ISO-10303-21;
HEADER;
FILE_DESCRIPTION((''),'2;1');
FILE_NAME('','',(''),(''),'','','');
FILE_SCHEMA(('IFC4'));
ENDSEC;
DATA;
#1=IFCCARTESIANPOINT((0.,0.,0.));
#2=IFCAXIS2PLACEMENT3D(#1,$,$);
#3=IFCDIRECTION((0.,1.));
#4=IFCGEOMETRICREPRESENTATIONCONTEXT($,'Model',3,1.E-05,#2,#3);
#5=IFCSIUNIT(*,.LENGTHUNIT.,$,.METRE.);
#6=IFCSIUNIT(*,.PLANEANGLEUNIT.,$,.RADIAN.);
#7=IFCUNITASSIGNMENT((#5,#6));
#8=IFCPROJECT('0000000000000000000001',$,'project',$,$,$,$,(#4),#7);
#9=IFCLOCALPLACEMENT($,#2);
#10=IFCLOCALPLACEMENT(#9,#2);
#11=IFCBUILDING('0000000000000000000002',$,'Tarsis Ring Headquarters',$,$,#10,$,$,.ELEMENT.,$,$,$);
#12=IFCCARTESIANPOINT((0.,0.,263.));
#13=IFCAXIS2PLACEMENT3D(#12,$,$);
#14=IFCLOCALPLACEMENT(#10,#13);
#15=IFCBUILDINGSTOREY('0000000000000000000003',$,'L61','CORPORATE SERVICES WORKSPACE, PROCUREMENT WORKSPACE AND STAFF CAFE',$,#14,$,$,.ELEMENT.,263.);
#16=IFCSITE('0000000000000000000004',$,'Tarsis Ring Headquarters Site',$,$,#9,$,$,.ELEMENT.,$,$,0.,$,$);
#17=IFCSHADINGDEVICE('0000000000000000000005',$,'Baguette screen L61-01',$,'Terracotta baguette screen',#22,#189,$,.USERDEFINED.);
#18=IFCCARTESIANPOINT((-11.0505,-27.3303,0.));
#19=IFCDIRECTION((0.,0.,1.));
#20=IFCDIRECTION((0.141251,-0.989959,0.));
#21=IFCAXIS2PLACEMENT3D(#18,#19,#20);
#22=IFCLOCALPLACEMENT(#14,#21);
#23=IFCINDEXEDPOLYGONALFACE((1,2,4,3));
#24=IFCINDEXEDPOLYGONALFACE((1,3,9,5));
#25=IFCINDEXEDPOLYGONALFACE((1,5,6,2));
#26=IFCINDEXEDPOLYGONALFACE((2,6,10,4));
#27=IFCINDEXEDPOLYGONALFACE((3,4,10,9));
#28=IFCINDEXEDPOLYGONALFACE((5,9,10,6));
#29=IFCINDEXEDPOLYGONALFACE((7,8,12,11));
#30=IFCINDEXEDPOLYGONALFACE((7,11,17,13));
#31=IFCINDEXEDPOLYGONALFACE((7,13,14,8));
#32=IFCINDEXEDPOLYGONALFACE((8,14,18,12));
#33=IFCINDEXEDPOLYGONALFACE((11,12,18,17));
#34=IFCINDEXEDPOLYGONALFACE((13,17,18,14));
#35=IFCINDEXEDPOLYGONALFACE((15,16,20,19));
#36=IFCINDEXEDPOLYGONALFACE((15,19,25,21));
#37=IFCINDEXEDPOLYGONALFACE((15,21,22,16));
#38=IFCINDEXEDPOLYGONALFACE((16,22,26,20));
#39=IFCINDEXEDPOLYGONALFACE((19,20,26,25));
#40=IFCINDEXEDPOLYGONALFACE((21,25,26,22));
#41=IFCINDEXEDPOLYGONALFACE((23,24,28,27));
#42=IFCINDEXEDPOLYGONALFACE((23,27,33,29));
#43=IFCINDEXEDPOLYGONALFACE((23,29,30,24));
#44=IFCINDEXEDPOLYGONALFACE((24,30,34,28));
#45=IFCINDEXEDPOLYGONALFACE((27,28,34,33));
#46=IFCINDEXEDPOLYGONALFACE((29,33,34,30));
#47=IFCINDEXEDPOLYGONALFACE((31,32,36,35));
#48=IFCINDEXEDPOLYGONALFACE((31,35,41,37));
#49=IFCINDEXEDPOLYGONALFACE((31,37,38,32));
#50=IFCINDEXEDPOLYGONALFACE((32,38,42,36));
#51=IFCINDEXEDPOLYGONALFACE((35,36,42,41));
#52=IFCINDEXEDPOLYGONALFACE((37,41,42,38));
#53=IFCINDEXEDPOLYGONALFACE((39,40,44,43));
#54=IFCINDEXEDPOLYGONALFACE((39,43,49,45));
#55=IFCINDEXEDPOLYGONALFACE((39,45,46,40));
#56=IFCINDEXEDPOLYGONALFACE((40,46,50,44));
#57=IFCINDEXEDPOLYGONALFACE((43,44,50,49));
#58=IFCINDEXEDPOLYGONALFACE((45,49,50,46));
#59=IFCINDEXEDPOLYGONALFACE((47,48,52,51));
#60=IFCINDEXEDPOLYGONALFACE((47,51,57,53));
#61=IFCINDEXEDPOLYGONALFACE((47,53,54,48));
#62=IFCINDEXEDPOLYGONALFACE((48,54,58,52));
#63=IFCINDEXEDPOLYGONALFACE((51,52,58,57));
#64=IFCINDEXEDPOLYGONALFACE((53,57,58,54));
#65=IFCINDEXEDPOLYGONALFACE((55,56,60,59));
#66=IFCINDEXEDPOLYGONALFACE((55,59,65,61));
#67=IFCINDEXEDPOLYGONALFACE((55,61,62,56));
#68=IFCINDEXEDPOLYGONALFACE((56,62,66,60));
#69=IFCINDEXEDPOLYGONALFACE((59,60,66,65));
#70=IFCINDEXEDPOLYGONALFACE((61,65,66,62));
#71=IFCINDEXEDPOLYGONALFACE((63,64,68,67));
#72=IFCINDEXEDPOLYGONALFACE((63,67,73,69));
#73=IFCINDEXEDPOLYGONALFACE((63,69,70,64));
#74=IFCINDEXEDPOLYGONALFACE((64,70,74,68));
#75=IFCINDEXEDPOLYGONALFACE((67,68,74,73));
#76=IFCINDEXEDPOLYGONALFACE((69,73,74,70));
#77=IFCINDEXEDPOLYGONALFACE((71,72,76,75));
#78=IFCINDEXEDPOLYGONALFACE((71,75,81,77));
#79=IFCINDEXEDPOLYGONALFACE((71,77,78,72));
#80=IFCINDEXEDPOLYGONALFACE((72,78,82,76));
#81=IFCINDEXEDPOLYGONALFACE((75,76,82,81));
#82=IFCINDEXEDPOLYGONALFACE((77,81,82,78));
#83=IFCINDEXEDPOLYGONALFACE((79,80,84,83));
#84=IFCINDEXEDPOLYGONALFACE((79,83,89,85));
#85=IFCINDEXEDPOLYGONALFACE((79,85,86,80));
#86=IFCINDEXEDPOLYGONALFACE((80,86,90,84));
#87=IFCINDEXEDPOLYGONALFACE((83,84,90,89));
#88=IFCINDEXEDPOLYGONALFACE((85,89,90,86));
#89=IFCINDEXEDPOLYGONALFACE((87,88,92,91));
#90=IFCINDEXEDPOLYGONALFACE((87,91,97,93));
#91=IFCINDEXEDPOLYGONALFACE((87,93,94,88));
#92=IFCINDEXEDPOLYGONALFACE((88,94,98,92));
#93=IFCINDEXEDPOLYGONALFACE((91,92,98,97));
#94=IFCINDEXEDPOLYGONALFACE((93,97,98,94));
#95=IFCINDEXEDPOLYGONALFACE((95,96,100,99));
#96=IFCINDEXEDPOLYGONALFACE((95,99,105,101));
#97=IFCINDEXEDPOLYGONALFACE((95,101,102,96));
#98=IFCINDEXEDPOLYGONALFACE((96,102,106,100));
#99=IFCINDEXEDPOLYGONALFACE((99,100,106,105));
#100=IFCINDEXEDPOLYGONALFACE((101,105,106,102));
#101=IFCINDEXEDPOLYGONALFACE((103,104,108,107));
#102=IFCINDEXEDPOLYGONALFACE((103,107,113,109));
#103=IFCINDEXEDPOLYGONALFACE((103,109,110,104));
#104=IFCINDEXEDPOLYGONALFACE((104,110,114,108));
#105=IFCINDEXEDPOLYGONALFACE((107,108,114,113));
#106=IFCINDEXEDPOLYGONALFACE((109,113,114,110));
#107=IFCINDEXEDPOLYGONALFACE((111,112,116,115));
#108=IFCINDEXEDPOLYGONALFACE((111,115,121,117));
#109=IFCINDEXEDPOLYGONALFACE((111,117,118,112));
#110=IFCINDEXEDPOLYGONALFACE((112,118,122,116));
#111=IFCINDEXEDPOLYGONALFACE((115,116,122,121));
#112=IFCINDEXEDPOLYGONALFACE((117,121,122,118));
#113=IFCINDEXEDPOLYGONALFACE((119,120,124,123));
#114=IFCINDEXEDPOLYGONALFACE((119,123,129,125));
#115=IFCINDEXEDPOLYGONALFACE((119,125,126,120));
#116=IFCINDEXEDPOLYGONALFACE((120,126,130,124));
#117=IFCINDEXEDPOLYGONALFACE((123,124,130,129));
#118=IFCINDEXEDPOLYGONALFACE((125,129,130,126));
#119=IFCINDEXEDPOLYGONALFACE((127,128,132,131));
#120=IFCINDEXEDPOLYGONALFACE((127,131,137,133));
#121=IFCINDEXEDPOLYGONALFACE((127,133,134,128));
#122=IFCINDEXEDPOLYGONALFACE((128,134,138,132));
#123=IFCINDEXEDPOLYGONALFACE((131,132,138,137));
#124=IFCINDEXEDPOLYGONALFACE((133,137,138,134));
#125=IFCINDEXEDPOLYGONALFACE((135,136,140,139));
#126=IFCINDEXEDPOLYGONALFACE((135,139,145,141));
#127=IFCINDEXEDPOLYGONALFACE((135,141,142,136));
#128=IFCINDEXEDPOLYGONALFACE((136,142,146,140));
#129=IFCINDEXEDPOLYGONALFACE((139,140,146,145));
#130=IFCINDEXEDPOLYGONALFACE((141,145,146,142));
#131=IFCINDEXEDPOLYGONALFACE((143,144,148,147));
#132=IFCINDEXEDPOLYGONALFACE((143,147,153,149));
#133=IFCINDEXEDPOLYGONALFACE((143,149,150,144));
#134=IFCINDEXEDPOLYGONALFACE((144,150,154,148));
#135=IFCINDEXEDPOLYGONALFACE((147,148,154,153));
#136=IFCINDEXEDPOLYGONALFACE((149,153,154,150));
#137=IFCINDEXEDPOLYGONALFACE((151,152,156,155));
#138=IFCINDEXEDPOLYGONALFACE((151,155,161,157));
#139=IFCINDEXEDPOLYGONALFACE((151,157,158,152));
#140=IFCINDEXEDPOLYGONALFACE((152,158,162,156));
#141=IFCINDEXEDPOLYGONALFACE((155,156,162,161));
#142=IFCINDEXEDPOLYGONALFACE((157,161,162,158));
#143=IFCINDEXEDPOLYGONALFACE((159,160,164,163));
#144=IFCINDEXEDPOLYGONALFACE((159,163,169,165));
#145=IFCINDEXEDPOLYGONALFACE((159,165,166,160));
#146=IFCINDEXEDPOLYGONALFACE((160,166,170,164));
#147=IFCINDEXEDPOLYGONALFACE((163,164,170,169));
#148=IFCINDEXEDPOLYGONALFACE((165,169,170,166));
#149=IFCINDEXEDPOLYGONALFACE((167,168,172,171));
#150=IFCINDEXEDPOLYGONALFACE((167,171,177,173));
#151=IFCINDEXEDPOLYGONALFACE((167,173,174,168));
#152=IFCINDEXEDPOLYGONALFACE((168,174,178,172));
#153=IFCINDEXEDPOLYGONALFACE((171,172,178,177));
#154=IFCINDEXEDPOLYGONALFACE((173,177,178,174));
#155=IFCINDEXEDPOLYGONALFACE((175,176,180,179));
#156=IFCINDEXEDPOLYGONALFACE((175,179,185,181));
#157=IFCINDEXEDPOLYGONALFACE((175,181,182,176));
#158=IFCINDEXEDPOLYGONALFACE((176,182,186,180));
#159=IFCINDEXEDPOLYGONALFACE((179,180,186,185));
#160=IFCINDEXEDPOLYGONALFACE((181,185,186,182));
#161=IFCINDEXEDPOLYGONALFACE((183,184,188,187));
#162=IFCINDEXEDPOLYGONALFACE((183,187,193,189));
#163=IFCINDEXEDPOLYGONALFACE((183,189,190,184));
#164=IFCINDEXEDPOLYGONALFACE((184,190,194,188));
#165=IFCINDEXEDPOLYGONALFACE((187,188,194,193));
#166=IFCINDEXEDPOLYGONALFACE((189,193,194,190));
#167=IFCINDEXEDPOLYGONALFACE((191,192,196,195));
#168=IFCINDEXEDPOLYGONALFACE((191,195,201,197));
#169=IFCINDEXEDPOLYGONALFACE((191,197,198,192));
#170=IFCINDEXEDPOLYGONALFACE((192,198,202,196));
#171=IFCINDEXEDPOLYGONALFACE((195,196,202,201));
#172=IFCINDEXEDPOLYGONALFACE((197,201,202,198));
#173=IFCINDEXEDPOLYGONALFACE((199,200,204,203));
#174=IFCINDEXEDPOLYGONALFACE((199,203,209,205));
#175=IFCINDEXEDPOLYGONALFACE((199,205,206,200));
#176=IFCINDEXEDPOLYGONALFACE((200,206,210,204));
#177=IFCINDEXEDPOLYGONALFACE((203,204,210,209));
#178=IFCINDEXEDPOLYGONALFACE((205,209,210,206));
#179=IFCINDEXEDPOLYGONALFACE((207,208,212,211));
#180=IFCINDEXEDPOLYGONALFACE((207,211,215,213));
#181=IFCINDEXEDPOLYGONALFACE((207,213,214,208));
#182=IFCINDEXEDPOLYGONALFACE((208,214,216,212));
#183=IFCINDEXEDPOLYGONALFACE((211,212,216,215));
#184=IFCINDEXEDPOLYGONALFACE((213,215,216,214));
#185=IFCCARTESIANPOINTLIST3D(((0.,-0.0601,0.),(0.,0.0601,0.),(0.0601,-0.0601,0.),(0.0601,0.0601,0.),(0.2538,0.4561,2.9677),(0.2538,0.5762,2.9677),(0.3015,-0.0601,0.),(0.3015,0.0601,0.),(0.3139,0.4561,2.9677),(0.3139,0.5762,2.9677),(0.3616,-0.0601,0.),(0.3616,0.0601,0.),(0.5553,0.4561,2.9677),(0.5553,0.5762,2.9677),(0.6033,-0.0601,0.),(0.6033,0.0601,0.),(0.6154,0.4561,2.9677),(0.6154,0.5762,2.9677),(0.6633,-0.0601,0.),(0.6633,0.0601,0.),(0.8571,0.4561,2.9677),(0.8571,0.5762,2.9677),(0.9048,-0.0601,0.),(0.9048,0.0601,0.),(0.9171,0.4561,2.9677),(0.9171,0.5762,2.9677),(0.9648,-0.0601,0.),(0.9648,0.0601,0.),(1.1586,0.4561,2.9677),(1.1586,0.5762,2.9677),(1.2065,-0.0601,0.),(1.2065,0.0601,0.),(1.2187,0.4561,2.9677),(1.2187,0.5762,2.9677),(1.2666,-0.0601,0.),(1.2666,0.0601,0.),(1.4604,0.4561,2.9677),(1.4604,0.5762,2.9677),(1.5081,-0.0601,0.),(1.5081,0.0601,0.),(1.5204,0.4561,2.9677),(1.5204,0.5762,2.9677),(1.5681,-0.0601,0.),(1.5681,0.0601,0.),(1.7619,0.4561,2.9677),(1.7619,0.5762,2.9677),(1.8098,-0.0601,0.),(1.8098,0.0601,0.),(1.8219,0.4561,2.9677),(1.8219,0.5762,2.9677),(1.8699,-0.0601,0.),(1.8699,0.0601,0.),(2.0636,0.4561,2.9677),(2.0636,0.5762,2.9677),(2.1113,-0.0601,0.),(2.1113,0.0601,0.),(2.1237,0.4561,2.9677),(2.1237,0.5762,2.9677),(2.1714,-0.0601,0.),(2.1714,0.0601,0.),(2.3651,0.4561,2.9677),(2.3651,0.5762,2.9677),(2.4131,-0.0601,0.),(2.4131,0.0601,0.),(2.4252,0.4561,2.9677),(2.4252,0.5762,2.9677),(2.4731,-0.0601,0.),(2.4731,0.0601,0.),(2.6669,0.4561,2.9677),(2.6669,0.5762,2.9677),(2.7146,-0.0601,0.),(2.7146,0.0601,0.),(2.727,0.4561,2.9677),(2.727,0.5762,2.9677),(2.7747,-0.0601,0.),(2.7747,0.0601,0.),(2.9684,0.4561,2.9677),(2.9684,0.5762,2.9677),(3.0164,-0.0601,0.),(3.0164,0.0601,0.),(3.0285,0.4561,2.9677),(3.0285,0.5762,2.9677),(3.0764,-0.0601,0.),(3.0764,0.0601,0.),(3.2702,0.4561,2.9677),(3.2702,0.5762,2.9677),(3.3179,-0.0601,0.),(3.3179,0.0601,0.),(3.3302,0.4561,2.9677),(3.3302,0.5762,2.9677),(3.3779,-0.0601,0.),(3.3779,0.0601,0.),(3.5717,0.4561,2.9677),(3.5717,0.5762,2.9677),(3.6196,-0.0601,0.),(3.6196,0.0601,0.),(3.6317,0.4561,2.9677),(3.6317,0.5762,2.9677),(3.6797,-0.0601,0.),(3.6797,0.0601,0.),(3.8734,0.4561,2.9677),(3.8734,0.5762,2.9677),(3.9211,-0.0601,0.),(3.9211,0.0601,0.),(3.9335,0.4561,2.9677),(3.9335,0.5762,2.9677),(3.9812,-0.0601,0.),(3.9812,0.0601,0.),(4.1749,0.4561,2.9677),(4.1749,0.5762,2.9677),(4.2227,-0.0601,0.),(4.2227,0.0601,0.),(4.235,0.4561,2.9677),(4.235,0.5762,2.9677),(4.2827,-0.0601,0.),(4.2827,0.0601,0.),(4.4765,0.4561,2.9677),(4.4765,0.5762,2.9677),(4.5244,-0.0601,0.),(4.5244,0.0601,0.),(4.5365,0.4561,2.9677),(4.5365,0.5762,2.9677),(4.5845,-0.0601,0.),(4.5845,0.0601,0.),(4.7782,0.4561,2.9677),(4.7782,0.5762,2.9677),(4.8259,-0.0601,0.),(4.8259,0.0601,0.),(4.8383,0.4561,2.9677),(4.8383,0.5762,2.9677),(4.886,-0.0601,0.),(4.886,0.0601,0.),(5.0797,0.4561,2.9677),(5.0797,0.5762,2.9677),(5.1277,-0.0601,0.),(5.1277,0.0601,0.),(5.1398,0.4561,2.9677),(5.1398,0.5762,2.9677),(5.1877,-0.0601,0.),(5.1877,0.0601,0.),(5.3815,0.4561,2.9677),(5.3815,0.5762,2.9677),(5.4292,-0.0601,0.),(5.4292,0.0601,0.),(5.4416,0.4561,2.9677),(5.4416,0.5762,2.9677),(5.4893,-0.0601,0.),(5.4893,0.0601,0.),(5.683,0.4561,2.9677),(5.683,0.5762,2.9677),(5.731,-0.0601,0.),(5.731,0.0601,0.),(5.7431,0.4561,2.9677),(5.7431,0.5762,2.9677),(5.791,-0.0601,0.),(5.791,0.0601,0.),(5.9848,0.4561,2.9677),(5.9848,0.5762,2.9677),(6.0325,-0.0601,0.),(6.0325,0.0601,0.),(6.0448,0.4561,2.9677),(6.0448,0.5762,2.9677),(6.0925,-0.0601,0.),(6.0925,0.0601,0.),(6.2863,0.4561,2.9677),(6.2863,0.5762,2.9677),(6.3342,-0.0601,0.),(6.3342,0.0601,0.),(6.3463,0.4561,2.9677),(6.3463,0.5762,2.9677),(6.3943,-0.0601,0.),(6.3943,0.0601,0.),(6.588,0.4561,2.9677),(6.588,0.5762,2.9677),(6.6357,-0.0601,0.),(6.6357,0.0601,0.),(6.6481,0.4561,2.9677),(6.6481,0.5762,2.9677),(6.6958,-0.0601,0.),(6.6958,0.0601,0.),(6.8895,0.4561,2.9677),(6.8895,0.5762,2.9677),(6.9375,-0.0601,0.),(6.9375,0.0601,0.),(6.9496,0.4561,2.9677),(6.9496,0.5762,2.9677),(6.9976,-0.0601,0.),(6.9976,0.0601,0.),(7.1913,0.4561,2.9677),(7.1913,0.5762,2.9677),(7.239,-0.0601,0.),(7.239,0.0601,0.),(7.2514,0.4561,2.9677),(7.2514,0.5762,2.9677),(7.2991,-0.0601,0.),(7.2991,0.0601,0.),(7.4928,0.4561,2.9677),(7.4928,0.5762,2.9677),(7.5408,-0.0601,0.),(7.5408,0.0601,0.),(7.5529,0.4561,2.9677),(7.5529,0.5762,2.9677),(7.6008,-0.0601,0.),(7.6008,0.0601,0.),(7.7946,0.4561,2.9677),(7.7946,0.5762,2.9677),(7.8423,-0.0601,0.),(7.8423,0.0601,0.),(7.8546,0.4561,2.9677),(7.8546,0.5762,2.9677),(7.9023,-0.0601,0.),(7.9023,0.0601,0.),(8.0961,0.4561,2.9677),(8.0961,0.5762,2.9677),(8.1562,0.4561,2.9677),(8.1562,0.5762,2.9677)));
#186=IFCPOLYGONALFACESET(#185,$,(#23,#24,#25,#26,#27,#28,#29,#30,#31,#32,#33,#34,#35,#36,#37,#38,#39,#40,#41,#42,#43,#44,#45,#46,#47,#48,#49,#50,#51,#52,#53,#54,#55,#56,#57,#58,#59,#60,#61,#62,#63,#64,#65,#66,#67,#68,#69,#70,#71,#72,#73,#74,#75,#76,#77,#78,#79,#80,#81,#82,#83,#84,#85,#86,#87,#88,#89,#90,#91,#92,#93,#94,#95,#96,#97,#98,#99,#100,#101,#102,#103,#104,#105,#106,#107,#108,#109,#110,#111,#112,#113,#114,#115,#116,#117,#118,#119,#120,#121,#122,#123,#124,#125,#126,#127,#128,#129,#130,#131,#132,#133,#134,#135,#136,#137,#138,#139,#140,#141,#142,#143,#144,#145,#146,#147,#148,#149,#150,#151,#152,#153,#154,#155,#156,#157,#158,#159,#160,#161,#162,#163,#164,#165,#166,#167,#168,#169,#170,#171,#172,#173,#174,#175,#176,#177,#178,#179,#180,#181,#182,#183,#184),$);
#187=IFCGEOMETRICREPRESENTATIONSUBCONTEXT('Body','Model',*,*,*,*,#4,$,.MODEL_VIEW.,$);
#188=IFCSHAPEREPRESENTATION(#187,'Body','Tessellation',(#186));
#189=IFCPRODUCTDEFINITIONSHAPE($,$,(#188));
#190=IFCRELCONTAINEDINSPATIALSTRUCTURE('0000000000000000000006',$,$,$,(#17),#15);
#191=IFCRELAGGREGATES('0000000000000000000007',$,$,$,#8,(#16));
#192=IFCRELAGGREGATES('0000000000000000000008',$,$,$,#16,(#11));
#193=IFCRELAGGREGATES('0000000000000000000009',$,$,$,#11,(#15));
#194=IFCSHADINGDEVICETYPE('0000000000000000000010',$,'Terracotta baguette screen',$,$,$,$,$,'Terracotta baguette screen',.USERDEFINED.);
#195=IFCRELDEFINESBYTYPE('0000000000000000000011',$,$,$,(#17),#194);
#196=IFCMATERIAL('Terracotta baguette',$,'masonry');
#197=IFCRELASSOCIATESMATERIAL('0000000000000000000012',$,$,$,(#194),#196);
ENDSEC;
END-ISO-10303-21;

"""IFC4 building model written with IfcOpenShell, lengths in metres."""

from ifc_helpers import new_model, si_unit, direction, frame, frame_2d, origin, place, context, subcontext, project, spatial, rectangle, composite_profile, extrude, material, type_object, element, save


model = new_model("IFC4")

# Units and contexts
model_context = context("Model", 3, precision=1e-05, world=origin(), true_north=direction((0.0, 1.0)))
body_context = subcontext(model_context, "Body", "Model", "MODEL_VIEW")
ifc_project = project(units=[si_unit("LENGTHUNIT", "METRE"), si_unit("PLANEANGLEUNIT", "RADIAN")], contexts=[model_context])

# Site, building, storey
site_placement = place(None, origin())
site = spatial("IfcSite", under=ifc_project, at=site_placement, Name="Tarsis Ring Headquarters Site", CompositionType="ELEMENT", RefElevation=0.0)
building_placement = place(site_placement, origin())
building = spatial("IfcBuilding", under=site, at=building_placement, Name="Tarsis Ring Headquarters", CompositionType="ELEMENT")
storey_placement = place(building_placement, frame((0.0, 0.0, 263.0)))
storey = spatial("IfcBuildingStorey", under=building, at=storey_placement, Name="L61", Description="CORPORATE SERVICES WORKSPACE, PROCUREMENT WORKSPACE AND STAFF CAFE", CompositionType="ELEMENT", Elevation=263.0)

# Shading device
ifc_material_1 = material(Name="Terracotta baguette", Category="masonry")
shading_device_type_1 = type_object("IfcShadingDeviceType", Name="Terracotta baguette screen", ElementType="Terracotta baguette screen", PredefinedType="USERDEFINED", material=ifc_material_1)
shading_device_1_placement = place(storey_placement, frame((-11.0505, -27.3303, 0.0), z_axis=(0.0, 0.0, 1.0), x_axis=(0.141251, -0.989959, 0.0)))
element("IfcShadingDevice", 1, at=shading_device_1_placement, inside=storey, type_object=shading_device_type_1, Name="Baguette screen L61-01", ObjectType="Terracotta baguette screen", PredefinedType="USERDEFINED", context=body_context, shape_type="SweptSolid", body=[
    extrude(composite_profile([rectangle(XDim=0.0601, YDim=0.1201, at=frame_2d((0.03, 0.0))), rectangle(XDim=0.0601, YDim=0.1201, at=frame_2d((0.3315, 0.0))), rectangle(XDim=0.0601, YDim=0.1201, at=frame_2d((0.6333, 0.0))), rectangle(XDim=0.0601, YDim=0.1201, at=frame_2d((0.9348, 0.0))), rectangle(XDim=0.0601, YDim=0.1201, at=frame_2d((1.2366, 0.0))), rectangle(XDim=0.0601, YDim=0.1201, at=frame_2d((1.5381, 0.0))), rectangle(XDim=0.0601, YDim=0.1201, at=frame_2d((1.8398, 0.0))), rectangle(XDim=0.0601, YDim=0.1201, at=frame_2d((2.1414, 0.0))), rectangle(XDim=0.0601, YDim=0.1201, at=frame_2d((2.4431, 0.0))), rectangle(XDim=0.0601, YDim=0.1201, at=frame_2d((2.7446, 0.0))), rectangle(XDim=0.0601, YDim=0.1201, at=frame_2d((3.0464, 0.0))), rectangle(XDim=0.0601, YDim=0.1201, at=frame_2d((3.3479, 0.0))), rectangle(XDim=0.0601, YDim=0.1201, at=frame_2d((3.6497, 0.0))), rectangle(XDim=0.0601, YDim=0.1201, at=frame_2d((3.9512, 0.0))), rectangle(XDim=0.0601, YDim=0.1201, at=frame_2d((4.2527, 0.0))), rectangle(XDim=0.0601, YDim=0.1201, at=frame_2d((4.5544, 0.0))), rectangle(XDim=0.0601, YDim=0.1201, at=frame_2d((4.856, 0.0))), rectangle(XDim=0.0601, YDim=0.1201, at=frame_2d((5.1577, 0.0))), rectangle(XDim=0.0601, YDim=0.1201, at=frame_2d((5.4592, 0.0))), rectangle(XDim=0.0601, YDim=0.1201, at=frame_2d((5.761, 0.0))), rectangle(XDim=0.0601, YDim=0.1201, at=frame_2d((6.0625, 0.0))), rectangle(XDim=0.0601, YDim=0.1201, at=frame_2d((6.3643, 0.0))), rectangle(XDim=0.0601, YDim=0.1201, at=frame_2d((6.6658, 0.0))), rectangle(XDim=0.0601, YDim=0.1201, at=frame_2d((6.9675, 0.0))), rectangle(XDim=0.0601, YDim=0.1201, at=frame_2d((7.269, 0.0))), rectangle(XDim=0.0601, YDim=0.1201, at=frame_2d((7.5708, 0.0))), rectangle(XDim=0.0601, YDim=0.1201, at=frame_2d((7.8723, 0.0)))]), origin(), (0.08396, 0.170745, 0.981732), 3.0229),
])

save(model, "model.ifc")
